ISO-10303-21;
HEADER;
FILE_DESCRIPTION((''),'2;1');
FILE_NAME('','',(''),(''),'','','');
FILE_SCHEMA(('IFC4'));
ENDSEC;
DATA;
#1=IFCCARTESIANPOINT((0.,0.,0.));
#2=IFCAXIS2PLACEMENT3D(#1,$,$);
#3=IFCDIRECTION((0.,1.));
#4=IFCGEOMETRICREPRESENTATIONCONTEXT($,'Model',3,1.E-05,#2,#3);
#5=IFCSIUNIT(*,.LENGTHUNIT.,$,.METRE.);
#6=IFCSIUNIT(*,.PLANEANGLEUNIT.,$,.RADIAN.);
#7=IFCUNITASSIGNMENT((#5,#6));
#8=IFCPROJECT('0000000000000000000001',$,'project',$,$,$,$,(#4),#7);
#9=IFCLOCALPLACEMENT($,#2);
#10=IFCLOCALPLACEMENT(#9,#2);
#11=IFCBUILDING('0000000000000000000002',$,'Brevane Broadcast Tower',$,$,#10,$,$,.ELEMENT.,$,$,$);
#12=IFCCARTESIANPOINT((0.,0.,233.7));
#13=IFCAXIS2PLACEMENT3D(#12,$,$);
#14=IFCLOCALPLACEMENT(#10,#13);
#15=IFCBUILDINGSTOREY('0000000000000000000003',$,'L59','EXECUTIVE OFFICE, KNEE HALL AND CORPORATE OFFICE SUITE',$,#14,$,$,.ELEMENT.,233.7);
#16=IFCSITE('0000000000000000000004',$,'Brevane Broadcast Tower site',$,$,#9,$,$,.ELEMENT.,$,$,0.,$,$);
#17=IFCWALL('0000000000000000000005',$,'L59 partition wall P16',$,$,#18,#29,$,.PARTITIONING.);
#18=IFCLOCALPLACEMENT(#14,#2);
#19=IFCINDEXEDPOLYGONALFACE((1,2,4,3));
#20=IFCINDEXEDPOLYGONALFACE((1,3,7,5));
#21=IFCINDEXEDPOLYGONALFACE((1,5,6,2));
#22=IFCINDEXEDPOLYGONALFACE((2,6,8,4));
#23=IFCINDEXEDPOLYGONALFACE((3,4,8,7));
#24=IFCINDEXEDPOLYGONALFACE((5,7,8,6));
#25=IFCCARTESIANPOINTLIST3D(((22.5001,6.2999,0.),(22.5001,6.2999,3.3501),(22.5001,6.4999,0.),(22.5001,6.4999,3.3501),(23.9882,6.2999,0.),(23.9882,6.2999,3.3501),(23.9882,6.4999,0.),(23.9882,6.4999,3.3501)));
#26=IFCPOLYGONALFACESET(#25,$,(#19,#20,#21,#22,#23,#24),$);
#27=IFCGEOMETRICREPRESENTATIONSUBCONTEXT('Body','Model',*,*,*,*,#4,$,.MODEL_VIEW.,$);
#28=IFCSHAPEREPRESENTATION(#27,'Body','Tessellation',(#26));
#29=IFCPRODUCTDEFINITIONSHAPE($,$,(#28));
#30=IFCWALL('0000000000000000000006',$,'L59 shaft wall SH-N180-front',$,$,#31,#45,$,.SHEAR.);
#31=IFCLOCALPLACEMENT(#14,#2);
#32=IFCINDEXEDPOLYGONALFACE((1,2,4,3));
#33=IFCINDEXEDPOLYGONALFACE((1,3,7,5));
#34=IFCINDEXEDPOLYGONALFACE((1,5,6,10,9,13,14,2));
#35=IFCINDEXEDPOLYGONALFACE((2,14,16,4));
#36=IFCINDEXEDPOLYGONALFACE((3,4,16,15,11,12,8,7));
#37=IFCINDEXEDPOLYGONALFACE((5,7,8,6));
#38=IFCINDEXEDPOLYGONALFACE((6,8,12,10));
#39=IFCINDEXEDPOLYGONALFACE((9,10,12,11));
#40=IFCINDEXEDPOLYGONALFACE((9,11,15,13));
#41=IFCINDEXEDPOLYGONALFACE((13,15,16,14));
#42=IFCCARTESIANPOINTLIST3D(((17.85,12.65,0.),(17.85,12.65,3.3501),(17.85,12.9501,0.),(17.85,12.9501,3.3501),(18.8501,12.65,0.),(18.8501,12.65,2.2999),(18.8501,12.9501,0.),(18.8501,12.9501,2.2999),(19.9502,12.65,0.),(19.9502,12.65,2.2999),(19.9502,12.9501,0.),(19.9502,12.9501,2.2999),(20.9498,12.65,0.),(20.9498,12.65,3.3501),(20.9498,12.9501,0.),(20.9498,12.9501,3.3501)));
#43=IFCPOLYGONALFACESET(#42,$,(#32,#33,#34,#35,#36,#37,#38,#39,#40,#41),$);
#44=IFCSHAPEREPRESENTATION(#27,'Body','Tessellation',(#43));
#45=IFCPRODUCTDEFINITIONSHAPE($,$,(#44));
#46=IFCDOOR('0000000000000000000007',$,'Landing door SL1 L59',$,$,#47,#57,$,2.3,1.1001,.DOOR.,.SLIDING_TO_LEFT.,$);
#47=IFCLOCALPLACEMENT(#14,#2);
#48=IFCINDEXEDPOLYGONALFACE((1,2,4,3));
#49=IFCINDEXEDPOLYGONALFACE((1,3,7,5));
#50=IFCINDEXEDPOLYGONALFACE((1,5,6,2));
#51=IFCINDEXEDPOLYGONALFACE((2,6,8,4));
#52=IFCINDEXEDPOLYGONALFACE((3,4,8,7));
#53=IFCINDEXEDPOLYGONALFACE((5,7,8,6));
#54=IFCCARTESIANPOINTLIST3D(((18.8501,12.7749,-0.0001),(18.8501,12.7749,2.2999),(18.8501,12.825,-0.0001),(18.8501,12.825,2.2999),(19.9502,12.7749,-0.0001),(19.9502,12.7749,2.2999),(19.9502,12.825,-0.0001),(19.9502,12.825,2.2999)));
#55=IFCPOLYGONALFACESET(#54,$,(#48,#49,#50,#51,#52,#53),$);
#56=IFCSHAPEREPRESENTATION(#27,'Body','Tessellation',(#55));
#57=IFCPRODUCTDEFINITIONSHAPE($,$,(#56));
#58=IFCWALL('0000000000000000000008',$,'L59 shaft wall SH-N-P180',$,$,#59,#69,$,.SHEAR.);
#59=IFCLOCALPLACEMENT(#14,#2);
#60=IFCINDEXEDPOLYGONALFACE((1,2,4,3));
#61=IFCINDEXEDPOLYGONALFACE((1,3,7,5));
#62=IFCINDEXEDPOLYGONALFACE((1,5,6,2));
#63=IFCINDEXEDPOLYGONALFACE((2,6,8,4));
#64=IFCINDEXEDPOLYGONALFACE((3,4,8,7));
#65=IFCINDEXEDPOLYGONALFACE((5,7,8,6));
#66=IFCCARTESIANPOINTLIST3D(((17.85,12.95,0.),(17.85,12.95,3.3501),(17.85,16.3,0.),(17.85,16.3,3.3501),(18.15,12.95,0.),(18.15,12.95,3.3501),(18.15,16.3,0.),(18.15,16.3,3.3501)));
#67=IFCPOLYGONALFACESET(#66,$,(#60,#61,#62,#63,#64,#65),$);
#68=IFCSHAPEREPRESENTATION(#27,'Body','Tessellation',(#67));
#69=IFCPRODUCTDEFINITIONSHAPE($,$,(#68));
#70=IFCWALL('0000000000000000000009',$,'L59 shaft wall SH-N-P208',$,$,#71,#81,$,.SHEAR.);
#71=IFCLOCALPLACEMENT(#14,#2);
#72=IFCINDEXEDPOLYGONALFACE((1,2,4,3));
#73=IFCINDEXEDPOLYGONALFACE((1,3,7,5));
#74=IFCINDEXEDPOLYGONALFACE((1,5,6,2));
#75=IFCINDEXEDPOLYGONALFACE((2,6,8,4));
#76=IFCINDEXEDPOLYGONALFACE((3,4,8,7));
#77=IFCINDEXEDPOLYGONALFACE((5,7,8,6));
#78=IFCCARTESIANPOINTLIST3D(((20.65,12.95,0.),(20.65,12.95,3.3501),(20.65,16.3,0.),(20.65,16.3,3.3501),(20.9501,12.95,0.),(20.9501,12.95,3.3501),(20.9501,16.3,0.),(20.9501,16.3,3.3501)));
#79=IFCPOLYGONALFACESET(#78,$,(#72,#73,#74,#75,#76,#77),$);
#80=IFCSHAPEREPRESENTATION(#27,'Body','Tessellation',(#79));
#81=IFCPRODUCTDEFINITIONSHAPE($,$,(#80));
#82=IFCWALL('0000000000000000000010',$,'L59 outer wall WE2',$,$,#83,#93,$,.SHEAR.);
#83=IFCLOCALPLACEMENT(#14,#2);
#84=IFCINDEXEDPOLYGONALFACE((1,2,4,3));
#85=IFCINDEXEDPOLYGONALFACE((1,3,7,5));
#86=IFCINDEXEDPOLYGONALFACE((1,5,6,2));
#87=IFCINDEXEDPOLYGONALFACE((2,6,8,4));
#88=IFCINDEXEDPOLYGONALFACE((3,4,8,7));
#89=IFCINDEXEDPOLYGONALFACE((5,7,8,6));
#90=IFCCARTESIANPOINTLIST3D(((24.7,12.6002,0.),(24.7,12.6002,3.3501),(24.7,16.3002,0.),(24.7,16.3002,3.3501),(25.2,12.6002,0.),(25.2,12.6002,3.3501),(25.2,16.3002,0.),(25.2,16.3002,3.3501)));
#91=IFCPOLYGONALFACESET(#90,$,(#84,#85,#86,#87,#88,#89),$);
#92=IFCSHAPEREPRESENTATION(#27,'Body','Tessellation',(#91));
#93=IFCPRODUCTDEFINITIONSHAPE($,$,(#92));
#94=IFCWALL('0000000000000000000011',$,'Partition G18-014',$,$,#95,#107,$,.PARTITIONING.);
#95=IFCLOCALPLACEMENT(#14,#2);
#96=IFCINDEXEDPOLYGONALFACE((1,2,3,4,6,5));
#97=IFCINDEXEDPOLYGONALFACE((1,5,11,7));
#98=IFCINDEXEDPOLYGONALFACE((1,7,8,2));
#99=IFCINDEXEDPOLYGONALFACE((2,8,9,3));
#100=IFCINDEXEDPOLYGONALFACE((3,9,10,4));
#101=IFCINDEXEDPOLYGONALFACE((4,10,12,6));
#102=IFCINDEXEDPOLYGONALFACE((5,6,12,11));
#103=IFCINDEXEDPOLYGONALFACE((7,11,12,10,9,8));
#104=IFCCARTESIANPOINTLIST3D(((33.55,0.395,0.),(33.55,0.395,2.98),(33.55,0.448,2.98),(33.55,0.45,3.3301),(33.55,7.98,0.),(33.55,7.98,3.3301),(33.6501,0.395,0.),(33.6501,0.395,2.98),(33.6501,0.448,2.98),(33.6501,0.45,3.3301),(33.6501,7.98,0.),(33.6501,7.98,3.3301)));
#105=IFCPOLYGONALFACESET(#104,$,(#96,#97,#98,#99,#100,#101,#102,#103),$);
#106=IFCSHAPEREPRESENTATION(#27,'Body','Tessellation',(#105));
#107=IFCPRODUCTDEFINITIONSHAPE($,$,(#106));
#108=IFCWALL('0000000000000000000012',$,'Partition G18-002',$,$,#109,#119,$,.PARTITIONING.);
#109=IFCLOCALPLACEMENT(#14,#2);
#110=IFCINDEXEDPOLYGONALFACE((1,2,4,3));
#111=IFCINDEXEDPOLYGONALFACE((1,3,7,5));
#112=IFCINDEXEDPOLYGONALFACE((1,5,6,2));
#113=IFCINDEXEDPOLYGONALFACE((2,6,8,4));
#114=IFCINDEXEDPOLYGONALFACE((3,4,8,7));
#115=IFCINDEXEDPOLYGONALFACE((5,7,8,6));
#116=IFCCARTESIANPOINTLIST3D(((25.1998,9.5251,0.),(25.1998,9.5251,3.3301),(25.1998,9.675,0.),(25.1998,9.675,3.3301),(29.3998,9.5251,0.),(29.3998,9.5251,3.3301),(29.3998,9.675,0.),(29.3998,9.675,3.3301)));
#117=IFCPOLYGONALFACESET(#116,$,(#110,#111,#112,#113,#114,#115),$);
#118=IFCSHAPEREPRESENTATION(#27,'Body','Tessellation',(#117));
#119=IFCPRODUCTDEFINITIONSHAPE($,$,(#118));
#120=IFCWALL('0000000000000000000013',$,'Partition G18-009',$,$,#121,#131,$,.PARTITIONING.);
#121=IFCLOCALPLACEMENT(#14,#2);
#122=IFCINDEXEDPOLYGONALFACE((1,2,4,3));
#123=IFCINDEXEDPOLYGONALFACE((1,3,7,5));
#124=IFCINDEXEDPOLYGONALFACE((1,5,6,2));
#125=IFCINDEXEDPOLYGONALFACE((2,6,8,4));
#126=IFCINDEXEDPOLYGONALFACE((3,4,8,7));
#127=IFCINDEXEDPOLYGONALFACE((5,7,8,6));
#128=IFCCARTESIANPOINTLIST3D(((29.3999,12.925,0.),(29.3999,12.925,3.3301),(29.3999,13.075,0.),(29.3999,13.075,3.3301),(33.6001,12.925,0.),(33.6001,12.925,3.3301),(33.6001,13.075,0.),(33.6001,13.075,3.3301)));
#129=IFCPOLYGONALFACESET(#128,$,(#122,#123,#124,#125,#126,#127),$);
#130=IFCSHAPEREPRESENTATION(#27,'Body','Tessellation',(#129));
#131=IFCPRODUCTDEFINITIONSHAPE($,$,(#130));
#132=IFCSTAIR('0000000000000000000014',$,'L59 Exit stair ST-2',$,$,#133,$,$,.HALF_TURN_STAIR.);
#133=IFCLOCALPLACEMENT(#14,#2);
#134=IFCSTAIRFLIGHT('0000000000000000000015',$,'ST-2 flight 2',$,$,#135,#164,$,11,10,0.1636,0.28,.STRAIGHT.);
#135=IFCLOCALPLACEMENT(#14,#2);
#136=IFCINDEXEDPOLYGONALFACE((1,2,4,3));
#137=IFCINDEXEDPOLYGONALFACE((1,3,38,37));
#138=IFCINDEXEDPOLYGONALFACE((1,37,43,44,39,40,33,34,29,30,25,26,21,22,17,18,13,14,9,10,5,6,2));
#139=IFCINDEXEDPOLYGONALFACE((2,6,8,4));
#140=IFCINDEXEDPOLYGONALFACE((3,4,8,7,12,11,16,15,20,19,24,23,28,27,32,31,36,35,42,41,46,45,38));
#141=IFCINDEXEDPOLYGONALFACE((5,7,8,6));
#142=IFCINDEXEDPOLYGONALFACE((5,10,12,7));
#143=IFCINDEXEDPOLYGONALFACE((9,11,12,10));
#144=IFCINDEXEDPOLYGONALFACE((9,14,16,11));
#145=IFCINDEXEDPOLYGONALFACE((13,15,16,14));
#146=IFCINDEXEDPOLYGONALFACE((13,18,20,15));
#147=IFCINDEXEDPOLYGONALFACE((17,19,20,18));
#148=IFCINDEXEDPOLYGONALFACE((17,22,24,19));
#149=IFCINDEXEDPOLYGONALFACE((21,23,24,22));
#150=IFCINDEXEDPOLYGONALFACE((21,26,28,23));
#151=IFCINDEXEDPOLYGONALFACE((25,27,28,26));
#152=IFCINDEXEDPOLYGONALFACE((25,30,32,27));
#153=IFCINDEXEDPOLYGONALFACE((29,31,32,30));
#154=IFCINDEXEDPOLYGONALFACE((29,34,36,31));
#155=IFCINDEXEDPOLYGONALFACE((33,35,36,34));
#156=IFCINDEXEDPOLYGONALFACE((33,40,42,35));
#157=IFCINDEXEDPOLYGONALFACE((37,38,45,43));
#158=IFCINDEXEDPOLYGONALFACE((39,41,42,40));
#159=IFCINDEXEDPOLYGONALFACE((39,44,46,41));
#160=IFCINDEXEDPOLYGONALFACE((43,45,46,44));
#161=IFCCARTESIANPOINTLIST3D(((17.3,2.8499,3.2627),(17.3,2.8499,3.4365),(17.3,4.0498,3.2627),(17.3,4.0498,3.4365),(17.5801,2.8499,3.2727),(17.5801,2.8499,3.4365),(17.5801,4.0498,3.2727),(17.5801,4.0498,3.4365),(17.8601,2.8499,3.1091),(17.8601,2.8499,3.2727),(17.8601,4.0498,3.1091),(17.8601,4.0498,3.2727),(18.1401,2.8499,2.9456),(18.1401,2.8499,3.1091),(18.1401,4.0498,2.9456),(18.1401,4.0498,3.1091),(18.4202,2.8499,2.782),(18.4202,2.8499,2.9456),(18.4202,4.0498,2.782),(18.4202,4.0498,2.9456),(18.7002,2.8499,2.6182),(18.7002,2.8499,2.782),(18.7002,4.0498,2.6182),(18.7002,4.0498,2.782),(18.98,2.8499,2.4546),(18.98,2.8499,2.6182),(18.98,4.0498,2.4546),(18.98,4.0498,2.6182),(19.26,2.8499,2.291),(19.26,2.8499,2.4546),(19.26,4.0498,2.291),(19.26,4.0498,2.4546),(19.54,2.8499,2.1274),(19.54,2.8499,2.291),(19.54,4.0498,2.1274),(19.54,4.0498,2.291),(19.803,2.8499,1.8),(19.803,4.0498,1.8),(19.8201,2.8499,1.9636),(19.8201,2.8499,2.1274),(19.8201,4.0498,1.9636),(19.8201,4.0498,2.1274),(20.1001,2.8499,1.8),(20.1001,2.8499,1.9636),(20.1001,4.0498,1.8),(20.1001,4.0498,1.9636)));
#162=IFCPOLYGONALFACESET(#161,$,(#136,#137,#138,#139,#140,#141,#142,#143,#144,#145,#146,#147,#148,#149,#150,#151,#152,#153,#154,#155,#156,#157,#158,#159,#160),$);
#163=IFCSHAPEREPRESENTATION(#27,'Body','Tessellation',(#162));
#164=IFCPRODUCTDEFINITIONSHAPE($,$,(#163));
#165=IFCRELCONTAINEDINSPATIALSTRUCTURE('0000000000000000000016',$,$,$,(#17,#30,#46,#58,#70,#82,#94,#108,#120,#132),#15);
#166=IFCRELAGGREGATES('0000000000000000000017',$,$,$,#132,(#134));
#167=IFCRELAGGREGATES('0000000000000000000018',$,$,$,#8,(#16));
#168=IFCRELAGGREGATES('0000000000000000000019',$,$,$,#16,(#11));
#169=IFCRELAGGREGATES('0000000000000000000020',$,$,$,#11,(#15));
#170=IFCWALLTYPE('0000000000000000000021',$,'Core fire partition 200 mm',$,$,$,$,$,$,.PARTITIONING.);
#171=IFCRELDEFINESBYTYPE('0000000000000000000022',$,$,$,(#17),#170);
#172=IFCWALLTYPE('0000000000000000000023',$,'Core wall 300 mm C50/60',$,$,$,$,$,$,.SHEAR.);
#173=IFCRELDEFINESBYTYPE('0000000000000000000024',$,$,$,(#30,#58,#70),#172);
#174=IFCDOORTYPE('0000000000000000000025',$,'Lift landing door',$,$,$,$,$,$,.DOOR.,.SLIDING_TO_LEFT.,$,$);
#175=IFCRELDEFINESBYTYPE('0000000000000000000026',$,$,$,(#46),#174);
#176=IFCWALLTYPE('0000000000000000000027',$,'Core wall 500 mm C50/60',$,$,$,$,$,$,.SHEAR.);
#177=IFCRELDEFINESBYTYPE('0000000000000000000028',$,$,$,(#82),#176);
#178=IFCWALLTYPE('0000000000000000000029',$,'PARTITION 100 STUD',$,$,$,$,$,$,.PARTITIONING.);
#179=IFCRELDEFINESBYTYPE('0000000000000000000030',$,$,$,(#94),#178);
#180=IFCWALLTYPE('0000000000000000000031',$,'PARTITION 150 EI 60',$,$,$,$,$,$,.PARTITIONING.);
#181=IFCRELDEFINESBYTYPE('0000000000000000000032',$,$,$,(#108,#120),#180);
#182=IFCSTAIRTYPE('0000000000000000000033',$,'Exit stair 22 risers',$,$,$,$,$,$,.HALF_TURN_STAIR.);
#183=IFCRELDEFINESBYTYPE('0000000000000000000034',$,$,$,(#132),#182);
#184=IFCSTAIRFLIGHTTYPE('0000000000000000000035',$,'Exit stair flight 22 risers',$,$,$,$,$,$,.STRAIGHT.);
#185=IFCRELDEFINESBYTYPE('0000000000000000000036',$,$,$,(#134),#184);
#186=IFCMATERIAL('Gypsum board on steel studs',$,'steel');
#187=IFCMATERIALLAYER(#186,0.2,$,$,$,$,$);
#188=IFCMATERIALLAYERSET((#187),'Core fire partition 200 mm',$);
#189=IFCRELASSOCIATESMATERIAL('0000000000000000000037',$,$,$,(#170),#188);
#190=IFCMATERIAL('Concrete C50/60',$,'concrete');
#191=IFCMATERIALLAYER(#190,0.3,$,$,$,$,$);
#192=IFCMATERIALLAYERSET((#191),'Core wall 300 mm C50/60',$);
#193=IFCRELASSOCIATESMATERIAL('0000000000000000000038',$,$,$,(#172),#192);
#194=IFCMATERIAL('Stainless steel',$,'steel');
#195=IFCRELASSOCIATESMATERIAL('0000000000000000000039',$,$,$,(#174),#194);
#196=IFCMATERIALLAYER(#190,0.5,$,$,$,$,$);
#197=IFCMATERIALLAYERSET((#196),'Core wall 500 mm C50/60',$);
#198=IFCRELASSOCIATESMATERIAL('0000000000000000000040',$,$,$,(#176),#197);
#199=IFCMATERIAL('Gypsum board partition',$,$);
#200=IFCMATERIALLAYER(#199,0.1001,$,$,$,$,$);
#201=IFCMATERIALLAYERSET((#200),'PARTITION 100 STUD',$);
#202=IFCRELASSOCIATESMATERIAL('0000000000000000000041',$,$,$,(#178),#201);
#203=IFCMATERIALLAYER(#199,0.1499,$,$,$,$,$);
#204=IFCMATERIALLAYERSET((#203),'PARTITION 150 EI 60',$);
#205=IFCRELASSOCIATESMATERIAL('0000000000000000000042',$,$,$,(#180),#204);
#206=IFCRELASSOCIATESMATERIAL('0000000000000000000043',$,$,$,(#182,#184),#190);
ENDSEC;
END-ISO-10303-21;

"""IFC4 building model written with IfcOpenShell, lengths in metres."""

from ifc_helpers import new_model, si_unit, direction, frame, frame_2d, origin, place, context, subcontext, project, spatial, polyline, rectangle, outline, extrude, material, layer, layer_set, type_object, element, fill, aggregate, save


model = new_model("IFC4")

# Units and contexts
model_context = context("Model", 3, precision=1e-05, world=origin(), true_north=direction((0.0, 1.0)))
body_context = subcontext(model_context, "Body", "Model", "MODEL_VIEW")
ifc_project = project(units=[si_unit("LENGTHUNIT", "METRE"), si_unit("PLANEANGLEUNIT", "RADIAN")], contexts=[model_context])

# Site, building, storey
site_placement = place(None, origin())
site = spatial("IfcSite", under=ifc_project, at=site_placement, Name="Brevane Broadcast Tower site", CompositionType="ELEMENT", RefElevation=0.0)
building_placement = place(site_placement, origin())
building = spatial("IfcBuilding", under=site, at=building_placement, Name="Brevane Broadcast Tower", CompositionType="ELEMENT")
storey_placement = place(building_placement, frame((0.0, 0.0, 233.7)))
storey = spatial("IfcBuildingStorey", under=building, at=storey_placement, Name="L59", Description="EXECUTIVE OFFICE, KNEE HALL AND CORPORATE OFFICE SUITE", CompositionType="ELEMENT", Elevation=233.7)

# Shared definitions
ifc_material_1 = material(Name="Concrete C50/60", Category="concrete")

# Shared definitions
ifc_material_2 = material(Name="Gypsum board on steel studs", Category="steel")

# Shared definitions
ifc_layer_1 = layer(ifc_material_2, 0.2)
ifc_layer_set_1 = layer_set([ifc_layer_1], Name="Core fire partition 200 mm")
wall_type_1 = type_object("IfcWallType", Name="Core fire partition 200 mm", PredefinedType="PARTITIONING", material=ifc_layer_set_1)

# Wall
wall_1_placement = place(storey_placement, frame((22.5, 6.3999, 0.0), z_axis=(0.0, 0.0, 1.0), x_axis=(1.0, 0.0, 0.0)))
element("IfcWall", 1, at=wall_1_placement, inside=storey, type_object=wall_type_1, Name="L59 partition wall P16", PredefinedType="PARTITIONING", context=body_context, shape_type="SweptSolid", body=[
    extrude(rectangle(XDim=1.488, YDim=0.2, at=frame_2d((0.7441, 0.0))), origin(), (0.0, 0.0, 1.0), 3.3501),
])

# Wall, opening, door
ifc_layer_2 = layer(ifc_material_1, 0.3)
ifc_layer_set_2 = layer_set([ifc_layer_2], Name="Core wall 300 mm C50/60")
wall_type_2 = type_object("IfcWallType", Name="Core wall 300 mm C50/60", PredefinedType="SHEAR", material=ifc_layer_set_2)
wall_2_placement = place(storey_placement, frame((17.8501, 12.8, 0.0), z_axis=(0.0, 0.0, 1.0), x_axis=(1.0, 0.0, 0.0)))
wall_2 = element("IfcWall", 2, at=wall_2_placement, inside=storey, type_object=wall_type_2, Name="L59 shaft wall SH-N180-front", PredefinedType="SHEAR", context=body_context, shape_type="SweptSolid", body=[
    extrude(rectangle(XDim=3.0999, YDim=0.3, at=frame_2d((1.5498, 0.0))), origin(), (0.0, 0.0, 1.0), 3.3501),
])
opening_1_placement = place(wall_2_placement, frame((1.0, 0.0, 0.0)))
opening_1 = element("IfcOpeningElement", 3, at=opening_1_placement, cuts=wall_2, PredefinedType="OPENING", context=body_context, shape_type="SweptSolid", body=[
    extrude(rectangle(XDim=1.1001, YDim=2.3, at=frame_2d((0.55, 1.1499))), frame((0.0, 0.1599, 0.0), z_axis=(0.0, -1.0, 0.0), x_axis=(1.0, 0.0, 0.0)), (0.0, 0.0, 1.0), 0.3201),
])
ifc_material_3 = material(Name="Stainless steel", Category="steel")
door_type_1 = type_object("IfcDoorType", Name="Lift landing door", OperationType="SLIDING_TO_LEFT", PredefinedType="DOOR", material=ifc_material_3)
door_1_placement = place(opening_1_placement, origin())
door_1 = element("IfcDoor", 4, at=door_1_placement, inside=storey, type_object=door_type_1, Name="Landing door SL1 L59", OperationType="SLIDING_TO_LEFT", OverallHeight=2.3, OverallWidth=1.1001, PredefinedType="DOOR", context=body_context, shape_type="SweptSolid", body=[
    extrude(rectangle(XDim=1.1001, YDim=2.3, at=frame_2d((0.55, 1.1499))), frame((0.0, 0.0249, 0.0), z_axis=(0.0, -1.0, 0.0), x_axis=(1.0, 0.0, 0.0)), (0.0, 0.0, 1.0), 0.05),
])
fill(opening_1, door_1)

# Walls
for number, where, z_axis, x_axis, name in (
    (5, (18.0, 12.95, 0.0), (0.0, 0.0, 1.0), (0.0, 1.0, 0.0), "L59 shaft wall SH-N-P180"),
    (6, (20.8, 12.95, 0.0), (0.0, 0.0, 1.0), (0.0, 1.0, 0.0), "L59 shaft wall SH-N-P208"),
):
    element("IfcWall", number, at=place(storey_placement, frame(where, z_axis=z_axis, x_axis=x_axis)), inside=storey, type_object=wall_type_2, Name=name, PredefinedType="SHEAR", context=body_context, shape_type="SweptSolid", body=[
        extrude(rectangle(XDim=3.3501, YDim=0.3, at=frame_2d((1.675, 0.0))), origin(), (0.0, 0.0, 1.0), 3.3501),
    ])
ifc_layer_3 = layer(ifc_material_1, 0.5)
ifc_layer_set_3 = layer_set([ifc_layer_3], Name="Core wall 500 mm C50/60")
wall_type_3 = type_object("IfcWallType", Name="Core wall 500 mm C50/60", PredefinedType="SHEAR", material=ifc_layer_set_3)
wall_3_placement = place(storey_placement, frame((24.95, 12.6001, 0.0), z_axis=(0.0, 0.0, 1.0), x_axis=(0.0, 1.0, 0.0)))
element("IfcWall", 7, at=wall_3_placement, inside=storey, type_object=wall_type_3, Name="L59 outer wall WE2", PredefinedType="SHEAR", context=body_context, shape_type="SweptSolid", body=[
    extrude(rectangle(XDim=3.7, YDim=0.5, at=frame_2d((1.8501, 0.0))), origin(), (0.0, 0.0, 1.0), 3.3501),
])
ifc_material_4 = material(Name="Gypsum board partition")
ifc_layer_4 = layer(ifc_material_4, 0.1001)
ifc_layer_set_4 = layer_set([ifc_layer_4], Name="PARTITION 100 STUD")
wall_type_4 = type_object("IfcWallType", Name="PARTITION 100 STUD", PredefinedType="PARTITIONING", material=ifc_layer_set_4)
wall_4_placement = place(storey_placement, frame((33.6001, 7.98, 0.0), z_axis=(0.0, 0.0, 1.0), x_axis=(0.0, -1.0, 0.0)))
element("IfcWall", 8, at=wall_4_placement, inside=storey, type_object=wall_type_4, Name="Partition G18-014", PredefinedType="PARTITIONING", context=body_context, shape_type="SweptSolid", body=[
    extrude(outline(polyline([(0.0, 0.0), (7.585, 0.0), (7.585, 2.98), (7.532, 2.98), (7.53, 3.3301), (0.0, 3.3301), (0.0, 0.0)])), frame((0.0, 0.05, 0.0), z_axis=(0.0, -1.0, 0.0), x_axis=(1.0, 0.0, 0.0)), (0.0, 0.0, 1.0), 0.1001),
])
ifc_layer_5 = layer(ifc_material_4, 0.1499)
ifc_layer_set_5 = layer_set([ifc_layer_5], Name="PARTITION 150 EI 60")
wall_type_5 = type_object("IfcWallType", Name="PARTITION 150 EI 60", PredefinedType="PARTITIONING", material=ifc_layer_set_5)
wall_5_placement = place(storey_placement, frame((29.3999, 9.6001, 0.0), z_axis=(0.0, 0.0, 1.0), x_axis=(-1.0, 0.0, 0.0)))
element("IfcWall", 9, at=wall_5_placement, inside=storey, type_object=wall_type_5, Name="Partition G18-002", PredefinedType="PARTITIONING", context=body_context, shape_type="SweptSolid", body=[
    extrude(rectangle(XDim=4.2, YDim=0.1499, at=frame_2d((2.1001, 0.0))), origin(), (0.0, 0.0, 1.0), 3.3301),
])
wall_6_placement = place(storey_placement, frame((29.3999, 13.0, 0.0), z_axis=(0.0, 0.0, 1.0), x_axis=(1.0, 0.0, 0.0)))
element("IfcWall", 10, at=wall_6_placement, inside=storey, type_object=wall_type_5, Name="Partition G18-009", PredefinedType="PARTITIONING", context=body_context, shape_type="SweptSolid", body=[
    extrude(rectangle(XDim=4.2002, YDim=0.1499, at=frame_2d((2.1001, 0.0))), origin(), (0.0, 0.0, 1.0), 3.3301),
])

# Stair, stair flight
stair_type = type_object("IfcStairType", Name="Exit stair 22 risers", PredefinedType="HALF_TURN_STAIR", material=ifc_material_1)
stair_placement = place(storey_placement, origin())
stair = element("IfcStair", 11, at=stair_placement, inside=storey, type_object=stair_type, Name="L59 Exit stair ST-2", PredefinedType="HALF_TURN_STAIR")
stair_flight_type = type_object("IfcStairFlightType", Name="Exit stair flight 22 risers", PredefinedType="STRAIGHT", material=ifc_material_1)
stair_flight_placement = place(storey_placement, frame((20.1001, 3.45, 1.8), z_axis=(0.0, 0.0, 1.0), x_axis=(-1.0, 0.0, 0.0)))
stair_flight = element("IfcStairFlight", 12, at=stair_flight_placement, type_object=stair_flight_type, Name="ST-2 flight 2", NumberOfRisers=11, NumberOfTreads=10, PredefinedType="STRAIGHT", RiserHeight=0.1636, TreadLength=0.28, context=body_context, shape_type="SweptSolid", body=[
    extrude(outline(polyline([(0.0, 0.0), (0.0, 0.1636), (0.28, 0.1636), (0.28, 0.3274), (0.5601, 0.3274), (0.5601, 0.491), (0.8401, 0.491), (0.8401, 0.6545), (1.1201, 0.6545), (1.1201, 0.8181), (1.3999, 0.8181), (1.3999, 0.9819), (1.6799, 0.9819), (1.6799, 1.1455), (1.96, 1.1455), (1.96, 1.3091), (2.24, 1.3091), (2.24, 1.4727), (2.52, 1.4727), (2.52, 1.6365), (2.8, 1.6365), (2.8, 1.8), (2.8, 1.4626), (0.2971, 0.0), (0.0, 0.0)])), frame((0.0, 0.6001, 0.0), z_axis=(0.0, -1.0, 0.0), x_axis=(1.0, 0.0, 0.0)), (0.0, 0.0, 1.0), 1.2),
])
aggregate(stair, [stair_flight])

save(model, "model.ifc")
